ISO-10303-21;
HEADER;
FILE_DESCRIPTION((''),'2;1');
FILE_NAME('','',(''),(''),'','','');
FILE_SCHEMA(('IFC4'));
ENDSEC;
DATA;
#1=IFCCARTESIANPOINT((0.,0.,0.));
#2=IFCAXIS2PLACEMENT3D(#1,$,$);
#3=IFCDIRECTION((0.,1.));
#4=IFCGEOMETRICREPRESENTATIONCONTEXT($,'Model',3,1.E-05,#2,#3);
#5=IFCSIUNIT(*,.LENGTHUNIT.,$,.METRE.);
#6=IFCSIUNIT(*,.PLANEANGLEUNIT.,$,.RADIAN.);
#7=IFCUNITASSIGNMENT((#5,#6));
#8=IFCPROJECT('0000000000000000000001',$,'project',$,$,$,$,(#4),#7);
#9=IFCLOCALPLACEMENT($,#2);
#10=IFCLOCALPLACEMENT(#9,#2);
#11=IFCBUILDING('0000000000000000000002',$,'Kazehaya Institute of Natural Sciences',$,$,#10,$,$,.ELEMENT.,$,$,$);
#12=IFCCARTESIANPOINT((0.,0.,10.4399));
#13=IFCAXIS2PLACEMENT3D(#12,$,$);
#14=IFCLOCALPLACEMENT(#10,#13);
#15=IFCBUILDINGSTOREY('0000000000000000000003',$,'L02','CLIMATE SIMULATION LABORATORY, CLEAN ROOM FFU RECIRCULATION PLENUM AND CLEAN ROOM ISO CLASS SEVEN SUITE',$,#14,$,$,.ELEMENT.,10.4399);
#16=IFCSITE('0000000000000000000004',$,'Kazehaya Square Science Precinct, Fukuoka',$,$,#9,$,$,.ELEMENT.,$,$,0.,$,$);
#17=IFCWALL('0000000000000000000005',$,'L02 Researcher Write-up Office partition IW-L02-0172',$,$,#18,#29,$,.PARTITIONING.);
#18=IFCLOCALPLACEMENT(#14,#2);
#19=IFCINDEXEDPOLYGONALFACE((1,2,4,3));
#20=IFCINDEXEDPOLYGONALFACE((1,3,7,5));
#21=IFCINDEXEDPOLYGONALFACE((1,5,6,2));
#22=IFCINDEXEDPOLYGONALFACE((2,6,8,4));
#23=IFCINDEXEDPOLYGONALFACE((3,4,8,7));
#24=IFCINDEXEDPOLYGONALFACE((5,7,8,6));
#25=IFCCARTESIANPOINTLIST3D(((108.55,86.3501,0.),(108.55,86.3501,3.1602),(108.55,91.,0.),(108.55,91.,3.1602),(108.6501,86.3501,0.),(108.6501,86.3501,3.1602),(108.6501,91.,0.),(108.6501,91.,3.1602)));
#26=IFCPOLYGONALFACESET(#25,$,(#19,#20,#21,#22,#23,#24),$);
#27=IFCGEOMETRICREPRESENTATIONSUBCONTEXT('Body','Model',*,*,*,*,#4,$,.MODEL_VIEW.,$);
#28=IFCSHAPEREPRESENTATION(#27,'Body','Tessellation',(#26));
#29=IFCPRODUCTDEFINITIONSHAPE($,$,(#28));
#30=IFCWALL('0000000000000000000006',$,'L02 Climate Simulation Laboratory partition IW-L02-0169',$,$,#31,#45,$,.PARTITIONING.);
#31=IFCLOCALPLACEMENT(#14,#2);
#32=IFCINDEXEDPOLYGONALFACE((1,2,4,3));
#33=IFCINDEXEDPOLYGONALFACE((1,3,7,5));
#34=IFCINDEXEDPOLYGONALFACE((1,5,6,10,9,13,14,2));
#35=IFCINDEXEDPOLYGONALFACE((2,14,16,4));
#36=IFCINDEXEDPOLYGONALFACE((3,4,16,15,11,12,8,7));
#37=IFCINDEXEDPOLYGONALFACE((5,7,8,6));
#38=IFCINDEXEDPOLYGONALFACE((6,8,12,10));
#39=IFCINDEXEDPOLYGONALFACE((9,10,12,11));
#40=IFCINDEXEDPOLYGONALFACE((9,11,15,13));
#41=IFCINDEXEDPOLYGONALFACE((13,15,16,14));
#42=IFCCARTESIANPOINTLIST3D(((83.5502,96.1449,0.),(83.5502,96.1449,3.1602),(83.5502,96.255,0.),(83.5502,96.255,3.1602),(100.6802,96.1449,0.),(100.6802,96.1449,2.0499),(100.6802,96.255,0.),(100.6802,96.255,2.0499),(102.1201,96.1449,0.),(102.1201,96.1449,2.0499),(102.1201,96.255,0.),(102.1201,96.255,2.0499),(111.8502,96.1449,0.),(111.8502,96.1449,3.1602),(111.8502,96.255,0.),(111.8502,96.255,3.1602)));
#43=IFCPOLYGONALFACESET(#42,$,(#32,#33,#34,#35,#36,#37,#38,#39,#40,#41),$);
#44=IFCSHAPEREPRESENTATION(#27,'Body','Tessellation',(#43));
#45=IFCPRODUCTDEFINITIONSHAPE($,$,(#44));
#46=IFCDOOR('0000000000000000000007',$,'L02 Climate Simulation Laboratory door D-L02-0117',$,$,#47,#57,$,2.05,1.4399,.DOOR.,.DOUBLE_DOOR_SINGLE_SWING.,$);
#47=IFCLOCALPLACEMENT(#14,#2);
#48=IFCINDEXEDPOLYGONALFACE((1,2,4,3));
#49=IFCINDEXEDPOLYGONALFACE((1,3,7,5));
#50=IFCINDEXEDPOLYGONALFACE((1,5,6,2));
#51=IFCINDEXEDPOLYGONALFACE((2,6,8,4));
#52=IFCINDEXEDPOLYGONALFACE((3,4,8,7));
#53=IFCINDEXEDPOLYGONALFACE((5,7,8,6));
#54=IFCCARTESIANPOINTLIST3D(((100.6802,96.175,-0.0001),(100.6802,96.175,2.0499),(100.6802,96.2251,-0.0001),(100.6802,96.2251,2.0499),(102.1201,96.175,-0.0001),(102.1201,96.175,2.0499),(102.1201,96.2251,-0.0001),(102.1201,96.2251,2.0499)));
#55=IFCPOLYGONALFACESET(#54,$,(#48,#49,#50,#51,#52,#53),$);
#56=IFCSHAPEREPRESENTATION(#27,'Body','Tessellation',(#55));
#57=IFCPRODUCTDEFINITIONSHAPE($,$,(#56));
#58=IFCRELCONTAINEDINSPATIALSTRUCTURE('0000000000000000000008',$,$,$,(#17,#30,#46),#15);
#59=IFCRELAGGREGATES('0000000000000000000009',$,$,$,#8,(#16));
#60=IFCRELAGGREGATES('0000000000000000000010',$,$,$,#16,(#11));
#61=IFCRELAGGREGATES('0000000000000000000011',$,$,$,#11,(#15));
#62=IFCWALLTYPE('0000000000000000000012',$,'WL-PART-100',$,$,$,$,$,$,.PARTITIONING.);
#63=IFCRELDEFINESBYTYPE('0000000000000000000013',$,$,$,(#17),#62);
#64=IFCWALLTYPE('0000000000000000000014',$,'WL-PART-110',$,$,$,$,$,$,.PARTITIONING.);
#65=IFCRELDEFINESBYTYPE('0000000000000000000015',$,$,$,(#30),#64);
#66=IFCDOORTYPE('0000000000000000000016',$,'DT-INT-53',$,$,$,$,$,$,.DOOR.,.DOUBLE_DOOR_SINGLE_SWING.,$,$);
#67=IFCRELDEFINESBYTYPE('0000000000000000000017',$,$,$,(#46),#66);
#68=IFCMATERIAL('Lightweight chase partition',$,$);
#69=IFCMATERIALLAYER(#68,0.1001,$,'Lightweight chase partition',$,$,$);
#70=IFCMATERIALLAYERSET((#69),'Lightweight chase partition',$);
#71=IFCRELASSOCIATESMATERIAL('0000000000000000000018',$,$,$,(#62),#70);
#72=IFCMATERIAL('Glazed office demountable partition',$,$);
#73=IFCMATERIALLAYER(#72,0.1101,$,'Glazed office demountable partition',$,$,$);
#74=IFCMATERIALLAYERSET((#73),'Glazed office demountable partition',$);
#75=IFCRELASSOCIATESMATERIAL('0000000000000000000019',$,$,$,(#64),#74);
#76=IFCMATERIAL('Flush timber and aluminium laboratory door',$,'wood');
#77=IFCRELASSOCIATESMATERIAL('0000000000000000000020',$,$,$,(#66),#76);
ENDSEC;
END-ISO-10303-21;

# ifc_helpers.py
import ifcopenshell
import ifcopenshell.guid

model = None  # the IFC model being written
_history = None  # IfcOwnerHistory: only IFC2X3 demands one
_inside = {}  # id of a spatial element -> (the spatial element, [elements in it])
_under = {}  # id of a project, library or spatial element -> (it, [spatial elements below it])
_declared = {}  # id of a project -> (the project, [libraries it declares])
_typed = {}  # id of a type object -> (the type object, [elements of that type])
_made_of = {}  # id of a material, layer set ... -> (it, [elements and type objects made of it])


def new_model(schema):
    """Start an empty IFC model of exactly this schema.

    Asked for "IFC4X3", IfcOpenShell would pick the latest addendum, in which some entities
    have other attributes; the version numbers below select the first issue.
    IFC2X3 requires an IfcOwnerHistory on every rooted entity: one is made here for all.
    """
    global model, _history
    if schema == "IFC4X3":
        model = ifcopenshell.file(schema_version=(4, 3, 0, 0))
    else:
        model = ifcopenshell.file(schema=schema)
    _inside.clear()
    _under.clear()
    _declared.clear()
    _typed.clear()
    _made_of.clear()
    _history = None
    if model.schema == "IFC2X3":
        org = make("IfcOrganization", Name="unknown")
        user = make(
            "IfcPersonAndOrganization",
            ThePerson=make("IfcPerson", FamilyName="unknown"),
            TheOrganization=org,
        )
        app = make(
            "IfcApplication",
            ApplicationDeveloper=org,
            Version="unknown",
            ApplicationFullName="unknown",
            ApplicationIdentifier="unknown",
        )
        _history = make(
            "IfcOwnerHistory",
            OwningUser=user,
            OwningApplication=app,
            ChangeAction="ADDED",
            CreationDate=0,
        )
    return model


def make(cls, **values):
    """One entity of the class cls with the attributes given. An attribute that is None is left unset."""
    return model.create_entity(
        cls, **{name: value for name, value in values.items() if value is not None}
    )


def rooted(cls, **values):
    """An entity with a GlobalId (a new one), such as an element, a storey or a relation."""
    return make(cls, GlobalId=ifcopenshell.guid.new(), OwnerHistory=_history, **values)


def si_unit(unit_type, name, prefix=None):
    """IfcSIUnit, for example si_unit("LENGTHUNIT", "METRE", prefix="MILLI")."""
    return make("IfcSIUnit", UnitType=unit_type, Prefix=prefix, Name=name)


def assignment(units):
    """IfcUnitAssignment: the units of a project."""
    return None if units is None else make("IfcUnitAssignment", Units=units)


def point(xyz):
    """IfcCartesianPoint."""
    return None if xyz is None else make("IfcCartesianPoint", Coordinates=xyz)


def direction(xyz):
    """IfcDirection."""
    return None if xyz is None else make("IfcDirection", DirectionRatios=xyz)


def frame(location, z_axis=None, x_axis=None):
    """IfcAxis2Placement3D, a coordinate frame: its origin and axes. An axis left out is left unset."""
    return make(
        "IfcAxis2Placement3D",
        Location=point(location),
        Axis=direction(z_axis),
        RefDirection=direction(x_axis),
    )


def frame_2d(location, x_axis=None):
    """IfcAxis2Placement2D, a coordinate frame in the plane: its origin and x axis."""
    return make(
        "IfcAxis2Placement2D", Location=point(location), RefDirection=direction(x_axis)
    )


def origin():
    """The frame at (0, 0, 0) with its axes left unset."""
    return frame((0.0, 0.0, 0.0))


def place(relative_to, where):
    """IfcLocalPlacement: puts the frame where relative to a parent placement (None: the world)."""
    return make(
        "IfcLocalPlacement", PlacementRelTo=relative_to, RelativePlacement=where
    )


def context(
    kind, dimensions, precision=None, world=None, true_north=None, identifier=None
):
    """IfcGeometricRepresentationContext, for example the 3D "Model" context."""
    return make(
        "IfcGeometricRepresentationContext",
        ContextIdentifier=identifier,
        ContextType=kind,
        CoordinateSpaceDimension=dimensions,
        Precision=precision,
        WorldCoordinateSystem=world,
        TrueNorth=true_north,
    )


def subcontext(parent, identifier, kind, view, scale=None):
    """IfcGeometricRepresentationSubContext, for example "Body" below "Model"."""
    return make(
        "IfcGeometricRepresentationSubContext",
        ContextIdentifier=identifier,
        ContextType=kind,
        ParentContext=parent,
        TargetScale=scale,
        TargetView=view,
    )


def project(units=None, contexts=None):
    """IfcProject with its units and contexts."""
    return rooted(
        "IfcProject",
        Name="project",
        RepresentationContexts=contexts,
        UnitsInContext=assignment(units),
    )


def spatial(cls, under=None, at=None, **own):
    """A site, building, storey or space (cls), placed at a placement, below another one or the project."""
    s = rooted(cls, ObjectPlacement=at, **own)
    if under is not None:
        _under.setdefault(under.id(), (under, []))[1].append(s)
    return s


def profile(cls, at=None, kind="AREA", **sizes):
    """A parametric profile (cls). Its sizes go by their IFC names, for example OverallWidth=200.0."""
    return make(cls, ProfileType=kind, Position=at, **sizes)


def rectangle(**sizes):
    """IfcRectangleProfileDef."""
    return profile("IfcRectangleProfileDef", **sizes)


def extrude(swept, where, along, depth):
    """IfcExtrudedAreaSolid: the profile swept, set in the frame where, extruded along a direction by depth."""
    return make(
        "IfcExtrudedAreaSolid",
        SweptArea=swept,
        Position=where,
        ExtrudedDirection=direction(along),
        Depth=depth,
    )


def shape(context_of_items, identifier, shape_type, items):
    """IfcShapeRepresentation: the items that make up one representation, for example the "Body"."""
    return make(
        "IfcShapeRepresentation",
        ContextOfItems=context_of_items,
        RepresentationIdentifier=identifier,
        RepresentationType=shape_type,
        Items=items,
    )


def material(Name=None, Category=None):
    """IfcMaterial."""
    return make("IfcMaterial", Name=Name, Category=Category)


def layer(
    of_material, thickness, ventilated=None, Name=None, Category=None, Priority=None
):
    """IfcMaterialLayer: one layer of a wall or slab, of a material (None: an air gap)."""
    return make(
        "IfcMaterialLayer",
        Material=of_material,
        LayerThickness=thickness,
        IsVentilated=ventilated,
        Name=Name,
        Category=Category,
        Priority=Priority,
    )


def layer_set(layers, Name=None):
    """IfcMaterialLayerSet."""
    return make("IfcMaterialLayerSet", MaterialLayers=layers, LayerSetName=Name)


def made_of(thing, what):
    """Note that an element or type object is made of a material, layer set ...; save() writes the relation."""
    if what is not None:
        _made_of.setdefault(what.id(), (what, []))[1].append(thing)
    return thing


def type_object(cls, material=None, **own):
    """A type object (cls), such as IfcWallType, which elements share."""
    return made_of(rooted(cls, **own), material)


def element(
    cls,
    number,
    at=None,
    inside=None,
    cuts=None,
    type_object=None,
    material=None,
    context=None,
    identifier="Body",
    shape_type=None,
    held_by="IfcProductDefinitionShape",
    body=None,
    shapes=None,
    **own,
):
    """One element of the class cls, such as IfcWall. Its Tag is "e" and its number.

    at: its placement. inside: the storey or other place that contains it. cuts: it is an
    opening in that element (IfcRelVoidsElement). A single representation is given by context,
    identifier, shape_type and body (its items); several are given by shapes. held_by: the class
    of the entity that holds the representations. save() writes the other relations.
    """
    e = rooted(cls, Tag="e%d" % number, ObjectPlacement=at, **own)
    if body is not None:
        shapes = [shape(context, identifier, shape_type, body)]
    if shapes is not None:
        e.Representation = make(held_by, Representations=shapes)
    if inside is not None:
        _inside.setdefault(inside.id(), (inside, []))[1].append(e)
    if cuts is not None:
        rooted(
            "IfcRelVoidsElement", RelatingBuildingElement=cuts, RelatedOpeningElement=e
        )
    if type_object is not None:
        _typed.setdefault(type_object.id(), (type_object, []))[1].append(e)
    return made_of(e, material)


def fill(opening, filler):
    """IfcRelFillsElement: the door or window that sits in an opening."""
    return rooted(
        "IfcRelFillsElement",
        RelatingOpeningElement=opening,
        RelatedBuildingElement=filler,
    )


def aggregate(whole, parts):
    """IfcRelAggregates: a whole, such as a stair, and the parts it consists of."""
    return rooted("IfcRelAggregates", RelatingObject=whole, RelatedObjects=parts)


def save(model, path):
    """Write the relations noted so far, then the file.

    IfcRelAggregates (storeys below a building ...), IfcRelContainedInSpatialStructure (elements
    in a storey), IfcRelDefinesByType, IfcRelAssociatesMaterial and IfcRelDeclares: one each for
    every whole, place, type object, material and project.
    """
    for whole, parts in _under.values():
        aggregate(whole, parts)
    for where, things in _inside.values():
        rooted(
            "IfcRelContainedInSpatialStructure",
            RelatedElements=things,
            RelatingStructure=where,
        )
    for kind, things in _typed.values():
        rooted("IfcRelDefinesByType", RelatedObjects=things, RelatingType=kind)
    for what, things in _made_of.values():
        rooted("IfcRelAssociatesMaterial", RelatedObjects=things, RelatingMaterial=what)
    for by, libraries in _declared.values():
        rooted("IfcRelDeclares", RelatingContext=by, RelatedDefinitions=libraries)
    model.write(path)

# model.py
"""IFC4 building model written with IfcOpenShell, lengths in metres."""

from ifc_helpers import new_model, si_unit, direction, frame, frame_2d, origin, place, context, subcontext, project, spatial, rectangle, extrude, material, layer, layer_set, type_object, element, fill, save


model = new_model("IFC4")

# Units and contexts
model_context = context("Model", 3, precision=1e-05, world=origin(), true_north=direction((0.0, 1.0)))
body_context = subcontext(model_context, "Body", "Model", "MODEL_VIEW")
ifc_project = project(units=[si_unit("LENGTHUNIT", "METRE"), si_unit("PLANEANGLEUNIT", "RADIAN")], contexts=[model_context])

# Site, building, storey
site_placement = place(None, origin())
site = spatial("IfcSite", under=ifc_project, at=site_placement, Name="Kazehaya Square Science Precinct, Fukuoka", CompositionType="ELEMENT", RefElevation=0.0)
building_placement = place(site_placement, origin())
building = spatial("IfcBuilding", under=site, at=building_placement, Name="Kazehaya Institute of Natural Sciences", CompositionType="ELEMENT")
storey_placement = place(building_placement, frame((0.0, 0.0, 10.4399)))
storey = spatial("IfcBuildingStorey", under=building, at=storey_placement, Name="L02", Description="CLIMATE SIMULATION LABORATORY, CLEAN ROOM FFU RECIRCULATION PLENUM AND CLEAN ROOM ISO CLASS SEVEN SUITE", CompositionType="ELEMENT", Elevation=10.4399)

# Wall
ifc_material_1 = material(Name="Lightweight chase partition")
ifc_layer_1 = layer(ifc_material_1, 0.1001, Name="Lightweight chase partition")
ifc_layer_set_1 = layer_set([ifc_layer_1], Name="Lightweight chase partition")
wall_type_1 = type_object("IfcWallType", Name="WL-PART-100", PredefinedType="PARTITIONING", material=ifc_layer_set_1)
wall_1_placement = place(storey_placement, frame((108.6001, 91.0, 0.0), z_axis=(0.0, 0.0, 1.0), x_axis=(0.0, -1.0, 0.0)))
element("IfcWall", 1, at=wall_1_placement, inside=storey, type_object=wall_type_1, Name="L02 Researcher Write-up Office partition IW-L02-0172", PredefinedType="PARTITIONING", context=body_context, shape_type="SweptSolid", body=[
    extrude(rectangle(XDim=4.6499, YDim=0.1001, at=frame_2d((2.325, 0.0))), origin(), (0.0, 0.0, 1.0), 3.1602),
])

# Wall, opening, door
ifc_material_2 = material(Name="Glazed office demountable partition")
ifc_layer_2 = layer(ifc_material_2, 0.1101, Name="Glazed office demountable partition")
ifc_layer_set_2 = layer_set([ifc_layer_2], Name="Glazed office demountable partition")
wall_type_2 = type_object("IfcWallType", Name="WL-PART-110", PredefinedType="PARTITIONING", material=ifc_layer_set_2)
wall_2_placement = place(storey_placement, frame((111.8501, 96.2, 0.0), z_axis=(0.0, 0.0, 1.0), x_axis=(-1.0, 0.0, 0.0)))
wall_2 = element("IfcWall", 2, at=wall_2_placement, inside=storey, type_object=wall_type_2, Name="L02 Climate Simulation Laboratory partition IW-L02-0169", PredefinedType="PARTITIONING", context=body_context, shape_type="SweptSolid", body=[
    extrude(rectangle(XDim=28.3, YDim=0.1101, at=frame_2d((14.1499, 0.0))), origin(), (0.0, 0.0, 1.0), 3.1602),
])
opening_1_placement = place(wall_2_placement, frame((9.73, 0.0, 0.0)))
opening_1 = element("IfcOpeningElement", 3, at=opening_1_placement, cuts=wall_2, PredefinedType="OPENING", context=body_context, shape_type="SweptSolid", body=[
    extrude(rectangle(XDim=1.4399, YDim=2.05, at=frame_2d((0.72, 1.0249))), frame((0.0, 0.0649, 0.0), z_axis=(0.0, -1.0, 0.0), x_axis=(1.0, 0.0, 0.0)), (0.0, 0.0, 1.0), 0.1301),
])
ifc_material_3 = material(Name="Flush timber and aluminium laboratory door", Category="wood")
door_type = type_object("IfcDoorType", Name="DT-INT-53", OperationType="DOUBLE_DOOR_SINGLE_SWING", PredefinedType="DOOR", material=ifc_material_3)
door_placement = place(opening_1_placement, origin())
door = element("IfcDoor", 4, at=door_placement, inside=storey, type_object=door_type, Name="L02 Climate Simulation Laboratory door D-L02-0117", OperationType="DOUBLE_DOOR_SINGLE_SWING", OverallHeight=2.05, OverallWidth=1.4399, PredefinedType="DOOR", context=body_context, shape_type="SweptSolid", body=[
    extrude(rectangle(XDim=1.4399, YDim=2.05, at=frame_2d((0.72, 1.0249))), frame((0.0, 0.0249, 0.0), z_axis=(0.0, -1.0, 0.0), x_axis=(1.0, 0.0, 0.0)), (0.0, 0.0, 1.0), 0.05),
])
fill(opening_1, door)

save(model, "model.ifc")
